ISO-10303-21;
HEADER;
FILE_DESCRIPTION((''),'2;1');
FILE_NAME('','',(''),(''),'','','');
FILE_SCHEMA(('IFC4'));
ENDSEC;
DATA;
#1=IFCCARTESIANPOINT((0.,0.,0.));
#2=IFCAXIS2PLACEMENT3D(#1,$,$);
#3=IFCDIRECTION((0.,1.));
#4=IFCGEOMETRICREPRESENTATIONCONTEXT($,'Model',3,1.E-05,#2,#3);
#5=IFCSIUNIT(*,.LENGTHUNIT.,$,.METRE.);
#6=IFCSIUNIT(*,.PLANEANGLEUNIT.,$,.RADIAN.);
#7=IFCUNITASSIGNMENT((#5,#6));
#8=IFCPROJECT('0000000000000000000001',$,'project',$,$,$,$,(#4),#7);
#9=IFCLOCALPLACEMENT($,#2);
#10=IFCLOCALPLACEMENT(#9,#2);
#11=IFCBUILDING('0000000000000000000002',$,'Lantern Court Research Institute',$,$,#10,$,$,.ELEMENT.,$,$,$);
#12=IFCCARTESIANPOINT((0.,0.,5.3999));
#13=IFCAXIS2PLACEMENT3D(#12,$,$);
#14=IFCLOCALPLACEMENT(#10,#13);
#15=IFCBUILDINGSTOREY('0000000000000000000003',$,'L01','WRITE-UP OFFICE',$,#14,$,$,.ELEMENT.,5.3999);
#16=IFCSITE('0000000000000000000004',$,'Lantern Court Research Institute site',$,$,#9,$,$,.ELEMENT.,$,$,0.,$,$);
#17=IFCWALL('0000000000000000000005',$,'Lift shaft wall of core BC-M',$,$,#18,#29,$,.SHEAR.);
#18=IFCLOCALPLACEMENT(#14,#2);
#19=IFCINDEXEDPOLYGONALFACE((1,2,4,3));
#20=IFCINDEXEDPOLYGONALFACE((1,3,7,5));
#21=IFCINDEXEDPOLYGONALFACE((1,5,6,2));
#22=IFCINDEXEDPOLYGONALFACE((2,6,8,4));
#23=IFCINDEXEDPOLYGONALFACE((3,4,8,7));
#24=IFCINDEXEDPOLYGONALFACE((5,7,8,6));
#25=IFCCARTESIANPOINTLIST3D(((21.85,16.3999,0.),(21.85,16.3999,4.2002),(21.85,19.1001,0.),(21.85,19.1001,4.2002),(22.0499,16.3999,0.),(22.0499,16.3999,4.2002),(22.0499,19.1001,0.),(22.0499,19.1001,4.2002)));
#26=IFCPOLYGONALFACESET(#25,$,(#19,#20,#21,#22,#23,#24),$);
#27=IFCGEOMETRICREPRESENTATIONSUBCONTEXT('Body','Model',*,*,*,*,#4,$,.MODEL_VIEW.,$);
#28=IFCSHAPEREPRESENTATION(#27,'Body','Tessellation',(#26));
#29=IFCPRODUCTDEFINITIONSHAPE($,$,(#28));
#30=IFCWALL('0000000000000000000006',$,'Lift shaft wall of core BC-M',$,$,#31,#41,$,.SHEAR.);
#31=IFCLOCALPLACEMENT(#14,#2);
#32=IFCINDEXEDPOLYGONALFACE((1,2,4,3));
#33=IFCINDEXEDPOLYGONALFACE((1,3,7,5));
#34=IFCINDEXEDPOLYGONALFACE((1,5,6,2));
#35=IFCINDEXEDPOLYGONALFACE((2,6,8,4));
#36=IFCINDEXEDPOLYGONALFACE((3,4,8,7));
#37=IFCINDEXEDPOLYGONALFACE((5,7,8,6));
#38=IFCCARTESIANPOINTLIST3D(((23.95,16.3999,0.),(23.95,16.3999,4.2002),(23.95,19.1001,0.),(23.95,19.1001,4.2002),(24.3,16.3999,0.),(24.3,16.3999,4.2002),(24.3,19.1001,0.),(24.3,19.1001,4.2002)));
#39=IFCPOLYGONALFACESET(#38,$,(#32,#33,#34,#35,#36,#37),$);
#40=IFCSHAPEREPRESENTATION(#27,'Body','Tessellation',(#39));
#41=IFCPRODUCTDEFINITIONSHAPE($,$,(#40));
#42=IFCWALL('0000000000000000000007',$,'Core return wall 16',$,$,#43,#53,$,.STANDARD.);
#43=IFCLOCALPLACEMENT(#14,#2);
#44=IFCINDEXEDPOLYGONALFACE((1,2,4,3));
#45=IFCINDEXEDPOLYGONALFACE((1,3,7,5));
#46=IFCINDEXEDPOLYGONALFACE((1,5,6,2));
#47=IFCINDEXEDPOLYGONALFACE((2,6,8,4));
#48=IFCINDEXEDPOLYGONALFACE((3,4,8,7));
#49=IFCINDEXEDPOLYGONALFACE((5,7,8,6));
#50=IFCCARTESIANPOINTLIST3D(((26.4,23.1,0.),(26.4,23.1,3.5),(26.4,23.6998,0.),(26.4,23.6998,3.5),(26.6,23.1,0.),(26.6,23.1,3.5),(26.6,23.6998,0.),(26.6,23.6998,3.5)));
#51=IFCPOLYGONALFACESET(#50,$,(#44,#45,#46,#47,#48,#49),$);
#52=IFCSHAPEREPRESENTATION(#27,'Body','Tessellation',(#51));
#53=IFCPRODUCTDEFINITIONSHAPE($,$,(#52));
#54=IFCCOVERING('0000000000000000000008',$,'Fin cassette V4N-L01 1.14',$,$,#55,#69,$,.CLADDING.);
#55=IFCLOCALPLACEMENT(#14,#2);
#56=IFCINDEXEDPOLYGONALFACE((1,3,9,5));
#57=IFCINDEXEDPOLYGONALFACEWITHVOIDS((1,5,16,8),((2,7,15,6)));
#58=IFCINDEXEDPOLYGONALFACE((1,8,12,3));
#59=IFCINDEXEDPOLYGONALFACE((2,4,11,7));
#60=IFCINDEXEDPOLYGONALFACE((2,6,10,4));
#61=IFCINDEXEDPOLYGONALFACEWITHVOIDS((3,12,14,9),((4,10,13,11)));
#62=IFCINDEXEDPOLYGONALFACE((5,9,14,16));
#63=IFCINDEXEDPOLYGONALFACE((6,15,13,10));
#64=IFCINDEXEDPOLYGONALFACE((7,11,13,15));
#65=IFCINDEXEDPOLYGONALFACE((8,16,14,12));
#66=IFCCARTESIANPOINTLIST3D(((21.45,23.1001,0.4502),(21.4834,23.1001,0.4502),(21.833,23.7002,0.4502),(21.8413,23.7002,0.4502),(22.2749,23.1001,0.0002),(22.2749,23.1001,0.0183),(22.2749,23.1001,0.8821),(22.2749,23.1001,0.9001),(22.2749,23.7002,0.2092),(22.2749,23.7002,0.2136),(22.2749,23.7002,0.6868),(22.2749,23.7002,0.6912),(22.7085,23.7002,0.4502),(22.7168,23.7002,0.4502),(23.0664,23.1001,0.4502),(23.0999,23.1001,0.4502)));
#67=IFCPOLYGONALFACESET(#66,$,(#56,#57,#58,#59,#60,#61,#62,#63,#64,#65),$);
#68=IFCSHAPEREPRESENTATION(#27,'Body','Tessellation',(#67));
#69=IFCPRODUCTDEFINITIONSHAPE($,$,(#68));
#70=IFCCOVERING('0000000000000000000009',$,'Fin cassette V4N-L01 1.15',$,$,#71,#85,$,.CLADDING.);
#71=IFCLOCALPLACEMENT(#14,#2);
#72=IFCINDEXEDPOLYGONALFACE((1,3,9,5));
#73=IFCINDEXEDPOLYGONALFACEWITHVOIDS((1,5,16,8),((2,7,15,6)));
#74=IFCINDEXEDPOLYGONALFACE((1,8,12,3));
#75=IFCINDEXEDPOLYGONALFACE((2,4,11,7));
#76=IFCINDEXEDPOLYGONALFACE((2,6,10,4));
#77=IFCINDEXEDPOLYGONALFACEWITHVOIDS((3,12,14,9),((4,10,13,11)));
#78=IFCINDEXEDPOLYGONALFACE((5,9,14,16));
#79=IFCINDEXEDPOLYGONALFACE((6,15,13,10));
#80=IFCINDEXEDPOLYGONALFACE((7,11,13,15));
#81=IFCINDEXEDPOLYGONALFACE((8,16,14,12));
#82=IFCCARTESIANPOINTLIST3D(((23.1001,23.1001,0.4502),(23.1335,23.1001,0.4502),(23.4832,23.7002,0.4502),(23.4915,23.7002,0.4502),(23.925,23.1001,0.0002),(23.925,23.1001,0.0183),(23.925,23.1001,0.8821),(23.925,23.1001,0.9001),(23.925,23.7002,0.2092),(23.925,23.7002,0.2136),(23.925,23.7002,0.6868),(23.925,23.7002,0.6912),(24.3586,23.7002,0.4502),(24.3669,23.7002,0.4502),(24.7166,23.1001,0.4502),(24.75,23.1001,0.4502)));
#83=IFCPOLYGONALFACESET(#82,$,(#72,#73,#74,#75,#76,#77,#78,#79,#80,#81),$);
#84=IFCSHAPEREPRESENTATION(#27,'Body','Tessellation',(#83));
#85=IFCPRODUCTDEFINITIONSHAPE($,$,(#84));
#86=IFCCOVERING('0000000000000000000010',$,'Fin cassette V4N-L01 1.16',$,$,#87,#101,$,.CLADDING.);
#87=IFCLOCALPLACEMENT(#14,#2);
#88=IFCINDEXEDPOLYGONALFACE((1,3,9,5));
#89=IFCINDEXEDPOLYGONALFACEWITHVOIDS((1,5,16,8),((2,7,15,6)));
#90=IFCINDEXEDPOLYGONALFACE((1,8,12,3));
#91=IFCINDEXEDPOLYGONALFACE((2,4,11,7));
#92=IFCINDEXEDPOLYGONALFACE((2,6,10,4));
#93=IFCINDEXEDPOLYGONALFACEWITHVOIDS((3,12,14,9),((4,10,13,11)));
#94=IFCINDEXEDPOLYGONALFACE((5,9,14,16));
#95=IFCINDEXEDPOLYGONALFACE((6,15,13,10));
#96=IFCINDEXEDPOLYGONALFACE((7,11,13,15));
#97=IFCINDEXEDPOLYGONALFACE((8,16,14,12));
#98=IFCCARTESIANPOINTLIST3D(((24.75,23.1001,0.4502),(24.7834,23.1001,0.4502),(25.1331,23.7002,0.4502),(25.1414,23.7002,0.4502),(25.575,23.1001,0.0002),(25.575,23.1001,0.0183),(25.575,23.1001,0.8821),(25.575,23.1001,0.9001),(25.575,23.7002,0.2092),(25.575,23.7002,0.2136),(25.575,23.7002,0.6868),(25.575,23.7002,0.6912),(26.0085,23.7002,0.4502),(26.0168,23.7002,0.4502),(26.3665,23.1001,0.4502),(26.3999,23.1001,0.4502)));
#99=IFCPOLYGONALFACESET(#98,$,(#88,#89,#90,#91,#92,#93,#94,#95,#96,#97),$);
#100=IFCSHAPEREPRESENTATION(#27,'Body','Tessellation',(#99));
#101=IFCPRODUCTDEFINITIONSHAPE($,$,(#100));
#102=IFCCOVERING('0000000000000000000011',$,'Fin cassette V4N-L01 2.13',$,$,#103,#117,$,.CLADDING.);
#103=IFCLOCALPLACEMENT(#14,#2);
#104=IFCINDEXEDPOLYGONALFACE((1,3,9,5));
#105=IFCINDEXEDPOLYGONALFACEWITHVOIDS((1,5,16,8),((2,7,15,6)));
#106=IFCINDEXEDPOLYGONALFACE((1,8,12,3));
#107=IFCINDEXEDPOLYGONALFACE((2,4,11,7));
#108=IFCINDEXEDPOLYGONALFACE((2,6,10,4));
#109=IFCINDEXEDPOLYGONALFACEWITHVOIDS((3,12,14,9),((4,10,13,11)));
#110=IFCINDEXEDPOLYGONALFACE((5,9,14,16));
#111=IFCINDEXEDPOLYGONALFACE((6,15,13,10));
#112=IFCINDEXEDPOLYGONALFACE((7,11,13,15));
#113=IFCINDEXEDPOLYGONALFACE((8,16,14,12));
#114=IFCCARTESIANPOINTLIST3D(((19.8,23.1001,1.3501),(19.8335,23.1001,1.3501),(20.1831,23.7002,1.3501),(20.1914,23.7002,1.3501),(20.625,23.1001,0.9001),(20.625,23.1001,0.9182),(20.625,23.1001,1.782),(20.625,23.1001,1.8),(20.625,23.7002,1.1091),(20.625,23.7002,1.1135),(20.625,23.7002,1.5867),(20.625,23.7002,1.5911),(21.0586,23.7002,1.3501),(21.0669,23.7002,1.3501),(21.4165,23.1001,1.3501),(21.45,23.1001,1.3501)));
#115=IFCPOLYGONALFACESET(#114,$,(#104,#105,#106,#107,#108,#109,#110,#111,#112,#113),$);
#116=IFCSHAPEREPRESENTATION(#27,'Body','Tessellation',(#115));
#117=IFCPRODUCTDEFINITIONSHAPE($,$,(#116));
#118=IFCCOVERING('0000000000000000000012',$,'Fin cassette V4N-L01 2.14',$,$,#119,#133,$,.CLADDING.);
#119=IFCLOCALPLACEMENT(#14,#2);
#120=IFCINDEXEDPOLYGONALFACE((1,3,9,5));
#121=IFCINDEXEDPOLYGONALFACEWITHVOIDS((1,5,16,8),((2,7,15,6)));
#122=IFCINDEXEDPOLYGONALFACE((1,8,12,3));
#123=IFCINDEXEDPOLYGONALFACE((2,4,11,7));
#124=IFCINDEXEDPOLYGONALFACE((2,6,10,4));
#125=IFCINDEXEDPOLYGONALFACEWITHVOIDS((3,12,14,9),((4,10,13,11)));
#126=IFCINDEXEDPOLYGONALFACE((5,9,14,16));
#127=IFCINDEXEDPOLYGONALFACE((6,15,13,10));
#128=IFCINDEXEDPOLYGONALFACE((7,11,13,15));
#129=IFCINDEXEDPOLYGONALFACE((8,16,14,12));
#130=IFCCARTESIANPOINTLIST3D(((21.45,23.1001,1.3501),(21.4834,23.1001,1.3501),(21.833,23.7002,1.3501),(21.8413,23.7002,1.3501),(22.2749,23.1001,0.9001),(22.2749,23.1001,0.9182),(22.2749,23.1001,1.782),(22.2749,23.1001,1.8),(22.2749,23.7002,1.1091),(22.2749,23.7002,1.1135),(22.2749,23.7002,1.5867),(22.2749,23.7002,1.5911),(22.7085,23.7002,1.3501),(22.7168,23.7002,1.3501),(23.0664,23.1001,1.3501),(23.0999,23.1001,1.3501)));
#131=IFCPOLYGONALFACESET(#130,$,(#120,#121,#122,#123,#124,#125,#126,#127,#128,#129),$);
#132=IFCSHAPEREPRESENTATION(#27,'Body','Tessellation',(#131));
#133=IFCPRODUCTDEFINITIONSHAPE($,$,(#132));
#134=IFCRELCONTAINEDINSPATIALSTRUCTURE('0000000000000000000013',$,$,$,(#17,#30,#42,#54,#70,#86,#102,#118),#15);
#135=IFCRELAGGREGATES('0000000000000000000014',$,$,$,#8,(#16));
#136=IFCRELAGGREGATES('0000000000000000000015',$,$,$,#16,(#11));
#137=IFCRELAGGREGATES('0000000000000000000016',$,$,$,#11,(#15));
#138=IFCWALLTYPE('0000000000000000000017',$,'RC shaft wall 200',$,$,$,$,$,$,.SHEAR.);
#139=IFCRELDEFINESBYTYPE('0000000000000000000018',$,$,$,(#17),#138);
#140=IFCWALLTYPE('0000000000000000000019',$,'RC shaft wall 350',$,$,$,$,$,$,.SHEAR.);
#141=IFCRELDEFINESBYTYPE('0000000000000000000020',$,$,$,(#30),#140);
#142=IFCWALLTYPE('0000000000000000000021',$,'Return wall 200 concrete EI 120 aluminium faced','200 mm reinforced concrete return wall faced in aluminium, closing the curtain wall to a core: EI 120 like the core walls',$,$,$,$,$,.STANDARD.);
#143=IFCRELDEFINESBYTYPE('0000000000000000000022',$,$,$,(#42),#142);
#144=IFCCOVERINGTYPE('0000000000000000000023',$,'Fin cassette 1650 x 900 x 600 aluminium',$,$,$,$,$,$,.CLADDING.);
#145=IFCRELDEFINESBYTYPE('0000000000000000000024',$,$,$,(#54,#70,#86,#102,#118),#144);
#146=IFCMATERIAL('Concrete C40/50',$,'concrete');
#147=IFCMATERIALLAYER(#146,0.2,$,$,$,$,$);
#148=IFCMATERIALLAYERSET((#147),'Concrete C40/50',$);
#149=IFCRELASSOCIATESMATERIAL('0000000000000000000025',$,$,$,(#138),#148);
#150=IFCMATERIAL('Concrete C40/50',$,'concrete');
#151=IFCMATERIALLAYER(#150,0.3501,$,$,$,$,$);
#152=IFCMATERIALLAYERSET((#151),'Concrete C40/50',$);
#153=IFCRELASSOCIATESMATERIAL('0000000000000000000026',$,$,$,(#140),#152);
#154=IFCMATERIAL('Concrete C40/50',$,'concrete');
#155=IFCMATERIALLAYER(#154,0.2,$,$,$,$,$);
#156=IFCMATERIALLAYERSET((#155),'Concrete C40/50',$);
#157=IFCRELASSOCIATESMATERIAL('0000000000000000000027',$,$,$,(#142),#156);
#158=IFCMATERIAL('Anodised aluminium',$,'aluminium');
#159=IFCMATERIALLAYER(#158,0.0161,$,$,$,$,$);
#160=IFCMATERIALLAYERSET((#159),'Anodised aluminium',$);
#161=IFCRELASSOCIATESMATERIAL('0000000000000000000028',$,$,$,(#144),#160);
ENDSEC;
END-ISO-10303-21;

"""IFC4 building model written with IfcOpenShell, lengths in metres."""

from ifc_helpers import new_model, entity, si_unit, direction, frame, frame_2d, origin, place, context, subcontext, project, spatial, rectangle, extrude, material, layer, layer_set, type_object, element, save


model = new_model("IFC4")

# Units and contexts
model_context = context("Model", 3, precision=1e-05, world=origin(), true_north=direction((0.0, 1.0)))
body_context = subcontext(model_context, "Body", "Model", "MODEL_VIEW")
ifc_project = project(units=[si_unit("LENGTHUNIT", "METRE"), si_unit("PLANEANGLEUNIT", "RADIAN")], contexts=[model_context])

# Site, building, storey
site_placement = place(None, origin())
site = spatial("IfcSite", under=ifc_project, at=site_placement, Name="Lantern Court Research Institute site", CompositionType="ELEMENT", RefElevation=0.0)
building_placement = place(site_placement, origin())
building = spatial("IfcBuilding", under=site, at=building_placement, Name="Lantern Court Research Institute", CompositionType="ELEMENT")
storey_placement = place(building_placement, frame((0.0, 0.0, 5.3999)))
storey = spatial("IfcBuildingStorey", under=building, at=storey_placement, Name="L01", Description="WRITE-UP OFFICE", CompositionType="ELEMENT", Elevation=5.3999)

# Walls
ifc_material_1 = material(Name="Concrete C40/50", Category="concrete")
ifc_layer_1 = layer(ifc_material_1, 0.2)
ifc_layer_set_1 = layer_set([ifc_layer_1], Name="Concrete C40/50")
wall_type_1 = type_object("IfcWallType", Name="RC shaft wall 200", PredefinedType="SHEAR", material=ifc_layer_set_1)
wall_1_placement = place(storey_placement, frame((21.95, 16.3999, 0.0), z_axis=(0.0, 0.0, 1.0), x_axis=(0.0, 1.0, 0.0)))
element("IfcWall", 1, at=wall_1_placement, inside=storey, type_object=wall_type_1, Name="Lift shaft wall of core BC-M", PredefinedType="SHEAR", context=body_context, shape_type="SweptSolid", body=[
    extrude(rectangle(XDim=2.7002, YDim=0.2, at=frame_2d((1.3501, 0.0))), origin(), (0.0, 0.0, 1.0), 4.2002),
])
ifc_material_2 = material(Name="Concrete C40/50", Category="concrete")
ifc_layer_2 = layer(ifc_material_2, 0.3501)
ifc_layer_set_2 = layer_set([ifc_layer_2], Name="Concrete C40/50")
wall_type_2 = type_object("IfcWallType", Name="RC shaft wall 350", PredefinedType="SHEAR", material=ifc_layer_set_2)
wall_2_placement = place(storey_placement, frame((24.125, 16.3999, 0.0), z_axis=(0.0, 0.0, 1.0), x_axis=(0.0, 1.0, 0.0)))
element("IfcWall", 2, at=wall_2_placement, inside=storey, type_object=wall_type_2, Name="Lift shaft wall of core BC-M", PredefinedType="SHEAR", context=body_context, shape_type="SweptSolid", body=[
    extrude(rectangle(XDim=2.7002, YDim=0.3501, at=frame_2d((1.3501, 0.0))), origin(), (0.0, 0.0, 1.0), 4.2002),
])
ifc_material_3 = material(Name="Concrete C40/50", Category="concrete")
ifc_layer_3 = layer(ifc_material_3, 0.2)
ifc_layer_set_3 = layer_set([ifc_layer_3], Name="Concrete C40/50")
wall_type_3 = type_object("IfcWallType", Name="Return wall 200 concrete EI 120 aluminium faced", Description="200 mm reinforced concrete return wall faced in aluminium, closing the curtain wall to a core: EI 120 like the core walls", PredefinedType="STANDARD", material=ifc_layer_set_3)
wall_3_placement = place(storey_placement, frame((26.5, 23.1001, 0.0), z_axis=(0.0, 0.0, 1.0), x_axis=(0.0, 1.0, 0.0)))
element("IfcWall", 3, at=wall_3_placement, inside=storey, type_object=wall_type_3, Name="Core return wall 16", PredefinedType="STANDARD", context=body_context, shape_type="SweptSolid", body=[
    extrude(rectangle(XDim=0.5999, YDim=0.2, at=frame_2d((0.2998, 0.0))), origin(), (0.0, 0.0, 1.0), 3.5),
])

# Coverings
ifc_material_4 = material(Name="Anodised aluminium", Category="aluminium")
ifc_layer_4 = layer(ifc_material_4, 0.0161)
ifc_layer_set_4 = layer_set([ifc_layer_4], Name="Anodised aluminium")
covering_type = type_object("IfcCoveringType", Name="Fin cassette 1650 x 900 x 600 aluminium", PredefinedType="CLADDING", material=ifc_layer_set_4)
covering_1_placement = place(storey_placement, frame((22.2749, 23.1001, 0.4502), z_axis=(0.0, 1.0, 0.0), x_axis=(-1.0, 0.0, 0.0)))
cartesian_point_1 = entity("IfcCartesianPoint", [0.825, 0.0])
cartesian_point_2 = entity("IfcCartesianPoint", [0.7915, 0.0])
cartesian_point_3 = entity("IfcCartesianPoint", [0.4419, 0.0])
cartesian_point_4 = entity("IfcCartesianPoint", [0.4336, 0.0])
element("IfcCovering", 4, at=covering_1_placement, inside=storey, type_object=covering_type, Name="Fin cassette V4N-L01 1.14", PredefinedType="CLADDING", context=body_context, shape_type="SweptSolid", body=[
    entity("IfcExtrudedAreaSolidTapered", entity("IfcArbitraryProfileDefWithVoids", "AREA", None, entity("IfcPolyline", [cartesian_point_1, entity("IfcCartesianPoint", [0.0, 0.45]), entity("IfcCartesianPoint", [-0.825, 0.0]), entity("IfcCartesianPoint", [0.0, -0.45]), cartesian_point_1]), [entity("IfcPolyline", [cartesian_point_2, entity("IfcCartesianPoint", [0.0, 0.4319]), entity("IfcCartesianPoint", [-0.7915, 0.0]), entity("IfcCartesianPoint", [0.0, -0.4319]), cartesian_point_2])]), entity("IfcAxis2Placement3D", entity("IfcCartesianPoint", [0.0, 0.0, 0.0])), entity("IfcDirection", [0.0, 0.0, 1.0]), 0.6001, entity("IfcArbitraryProfileDefWithVoids", "AREA", None, entity("IfcPolyline", [cartesian_point_3, entity("IfcCartesianPoint", [0.0, 0.241]), entity("IfcCartesianPoint", [-0.4419, 0.0]), entity("IfcCartesianPoint", [0.0, -0.241]), cartesian_point_3]), [entity("IfcPolyline", [cartesian_point_4, entity("IfcCartesianPoint", [0.0, 0.2366]), entity("IfcCartesianPoint", [-0.4336, 0.0]), entity("IfcCartesianPoint", [0.0, -0.2366]), cartesian_point_4])])),
])
covering_2_placement = place(storey_placement, frame((23.925, 23.1001, 0.4502), z_axis=(0.0, 1.0, 0.0), x_axis=(-1.0, 0.0, 0.0)))
cartesian_point_5 = entity("IfcCartesianPoint", [0.825, 0.0])
cartesian_point_6 = entity("IfcCartesianPoint", [0.7915, 0.0])
cartesian_point_7 = entity("IfcCartesianPoint", [0.4419, 0.0])
cartesian_point_8 = entity("IfcCartesianPoint", [0.4336, 0.0])
element("IfcCovering", 5, at=covering_2_placement, inside=storey, type_object=covering_type, Name="Fin cassette V4N-L01 1.15", PredefinedType="CLADDING", context=body_context, shape_type="SweptSolid", body=[
    entity("IfcExtrudedAreaSolidTapered", entity("IfcArbitraryProfileDefWithVoids", "AREA", None, entity("IfcPolyline", [cartesian_point_5, entity("IfcCartesianPoint", [0.0, 0.45]), entity("IfcCartesianPoint", [-0.825, 0.0]), entity("IfcCartesianPoint", [0.0, -0.45]), cartesian_point_5]), [entity("IfcPolyline", [cartesian_point_6, entity("IfcCartesianPoint", [0.0, 0.4319]), entity("IfcCartesianPoint", [-0.7915, 0.0]), entity("IfcCartesianPoint", [0.0, -0.4319]), cartesian_point_6])]), entity("IfcAxis2Placement3D", entity("IfcCartesianPoint", [0.0, 0.0, 0.0])), entity("IfcDirection", [0.0, 0.0, 1.0]), 0.6001, entity("IfcArbitraryProfileDefWithVoids", "AREA", None, entity("IfcPolyline", [cartesian_point_7, entity("IfcCartesianPoint", [0.0, 0.241]), entity("IfcCartesianPoint", [-0.4419, 0.0]), entity("IfcCartesianPoint", [0.0, -0.241]), cartesian_point_7]), [entity("IfcPolyline", [cartesian_point_8, entity("IfcCartesianPoint", [0.0, 0.2366]), entity("IfcCartesianPoint", [-0.4336, 0.0]), entity("IfcCartesianPoint", [0.0, -0.2366]), cartesian_point_8])])),
])
covering_3_placement = place(storey_placement, frame((25.575, 23.1001, 0.4502), z_axis=(0.0, 1.0, 0.0), x_axis=(-1.0, 0.0, 0.0)))
cartesian_point_9 = entity("IfcCartesianPoint", [0.825, 0.0])
cartesian_point_10 = entity("IfcCartesianPoint", [0.7915, 0.0])
cartesian_point_11 = entity("IfcCartesianPoint", [0.4419, 0.0])
cartesian_point_12 = entity("IfcCartesianPoint", [0.4336, 0.0])
element("IfcCovering", 6, at=covering_3_placement, inside=storey, type_object=covering_type, Name="Fin cassette V4N-L01 1.16", PredefinedType="CLADDING", context=body_context, shape_type="SweptSolid", body=[
    entity("IfcExtrudedAreaSolidTapered", entity("IfcArbitraryProfileDefWithVoids", "AREA", None, entity("IfcPolyline", [cartesian_point_9, entity("IfcCartesianPoint", [0.0, 0.45]), entity("IfcCartesianPoint", [-0.825, 0.0]), entity("IfcCartesianPoint", [0.0, -0.45]), cartesian_point_9]), [entity("IfcPolyline", [cartesian_point_10, entity("IfcCartesianPoint", [0.0, 0.4319]), entity("IfcCartesianPoint", [-0.7915, 0.0]), entity("IfcCartesianPoint", [0.0, -0.4319]), cartesian_point_10])]), entity("IfcAxis2Placement3D", entity("IfcCartesianPoint", [0.0, 0.0, 0.0])), entity("IfcDirection", [0.0, 0.0, 1.0]), 0.6001, entity("IfcArbitraryProfileDefWithVoids", "AREA", None, entity("IfcPolyline", [cartesian_point_11, entity("IfcCartesianPoint", [0.0, 0.241]), entity("IfcCartesianPoint", [-0.4419, 0.0]), entity("IfcCartesianPoint", [0.0, -0.241]), cartesian_point_11]), [entity("IfcPolyline", [cartesian_point_12, entity("IfcCartesianPoint", [0.0, 0.2366]), entity("IfcCartesianPoint", [-0.4336, 0.0]), entity("IfcCartesianPoint", [0.0, -0.2366]), cartesian_point_12])])),
])
covering_4_placement = place(storey_placement, frame((20.625, 23.1001, 1.3501), z_axis=(0.0, 1.0, 0.0), x_axis=(-1.0, 0.0, 0.0)))
cartesian_point_13 = entity("IfcCartesianPoint", [0.825, 0.0])
cartesian_point_14 = entity("IfcCartesianPoint", [0.7915, 0.0])
cartesian_point_15 = entity("IfcCartesianPoint", [0.4419, 0.0])
cartesian_point_16 = entity("IfcCartesianPoint", [0.4336, 0.0])
element("IfcCovering", 7, at=covering_4_placement, inside=storey, type_object=covering_type, Name="Fin cassette V4N-L01 2.13", PredefinedType="CLADDING", context=body_context, shape_type="SweptSolid", body=[
    entity("IfcExtrudedAreaSolidTapered", entity("IfcArbitraryProfileDefWithVoids", "AREA", None, entity("IfcPolyline", [cartesian_point_13, entity("IfcCartesianPoint", [0.0, 0.45]), entity("IfcCartesianPoint", [-0.825, 0.0]), entity("IfcCartesianPoint", [0.0, -0.45]), cartesian_point_13]), [entity("IfcPolyline", [cartesian_point_14, entity("IfcCartesianPoint", [0.0, 0.4319]), entity("IfcCartesianPoint", [-0.7915, 0.0]), entity("IfcCartesianPoint", [0.0, -0.4319]), cartesian_point_14])]), entity("IfcAxis2Placement3D", entity("IfcCartesianPoint", [0.0, 0.0, 0.0])), entity("IfcDirection", [0.0, 0.0, 1.0]), 0.6001, entity("IfcArbitraryProfileDefWithVoids", "AREA", None, entity("IfcPolyline", [cartesian_point_15, entity("IfcCartesianPoint", [0.0, 0.241]), entity("IfcCartesianPoint", [-0.4419, 0.0]), entity("IfcCartesianPoint", [0.0, -0.241]), cartesian_point_15]), [entity("IfcPolyline", [cartesian_point_16, entity("IfcCartesianPoint", [0.0, 0.2366]), entity("IfcCartesianPoint", [-0.4336, 0.0]), entity("IfcCartesianPoint", [0.0, -0.2366]), cartesian_point_16])])),
])
covering_5_placement = place(storey_placement, frame((22.2749, 23.1001, 1.3501), z_axis=(0.0, 1.0, 0.0), x_axis=(-1.0, 0.0, 0.0)))
cartesian_point_17 = entity("IfcCartesianPoint", [0.825, 0.0])
cartesian_point_18 = entity("IfcCartesianPoint", [0.7915, 0.0])
cartesian_point_19 = entity("IfcCartesianPoint", [0.4419, 0.0])
cartesian_point_20 = entity("IfcCartesianPoint", [0.4336, 0.0])
element("IfcCovering", 8, at=covering_5_placement, inside=storey, type_object=covering_type, Name="Fin cassette V4N-L01 2.14", PredefinedType="CLADDING", context=body_context, shape_type="SweptSolid", body=[
    entity("IfcExtrudedAreaSolidTapered", entity("IfcArbitraryProfileDefWithVoids", "AREA", None, entity("IfcPolyline", [cartesian_point_17, entity("IfcCartesianPoint", [0.0, 0.45]), entity("IfcCartesianPoint", [-0.825, 0.0]), entity("IfcCartesianPoint", [0.0, -0.45]), cartesian_point_17]), [entity("IfcPolyline", [cartesian_point_18, entity("IfcCartesianPoint", [0.0, 0.4319]), entity("IfcCartesianPoint", [-0.7915, 0.0]), entity("IfcCartesianPoint", [0.0, -0.4319]), cartesian_point_18])]), entity("IfcAxis2Placement3D", entity("IfcCartesianPoint", [0.0, 0.0, 0.0])), entity("IfcDirection", [0.0, 0.0, 1.0]), 0.6001, entity("IfcArbitraryProfileDefWithVoids", "AREA", None, entity("IfcPolyline", [cartesian_point_19, entity("IfcCartesianPoint", [0.0, 0.241]), entity("IfcCartesianPoint", [-0.4419, 0.0]), entity("IfcCartesianPoint", [0.0, -0.241]), cartesian_point_19]), [entity("IfcPolyline", [cartesian_point_20, entity("IfcCartesianPoint", [0.0, 0.2366]), entity("IfcCartesianPoint", [-0.4336, 0.0]), entity("IfcCartesianPoint", [0.0, -0.2366]), cartesian_point_20])])),
])

save(model, "model.ifc")
